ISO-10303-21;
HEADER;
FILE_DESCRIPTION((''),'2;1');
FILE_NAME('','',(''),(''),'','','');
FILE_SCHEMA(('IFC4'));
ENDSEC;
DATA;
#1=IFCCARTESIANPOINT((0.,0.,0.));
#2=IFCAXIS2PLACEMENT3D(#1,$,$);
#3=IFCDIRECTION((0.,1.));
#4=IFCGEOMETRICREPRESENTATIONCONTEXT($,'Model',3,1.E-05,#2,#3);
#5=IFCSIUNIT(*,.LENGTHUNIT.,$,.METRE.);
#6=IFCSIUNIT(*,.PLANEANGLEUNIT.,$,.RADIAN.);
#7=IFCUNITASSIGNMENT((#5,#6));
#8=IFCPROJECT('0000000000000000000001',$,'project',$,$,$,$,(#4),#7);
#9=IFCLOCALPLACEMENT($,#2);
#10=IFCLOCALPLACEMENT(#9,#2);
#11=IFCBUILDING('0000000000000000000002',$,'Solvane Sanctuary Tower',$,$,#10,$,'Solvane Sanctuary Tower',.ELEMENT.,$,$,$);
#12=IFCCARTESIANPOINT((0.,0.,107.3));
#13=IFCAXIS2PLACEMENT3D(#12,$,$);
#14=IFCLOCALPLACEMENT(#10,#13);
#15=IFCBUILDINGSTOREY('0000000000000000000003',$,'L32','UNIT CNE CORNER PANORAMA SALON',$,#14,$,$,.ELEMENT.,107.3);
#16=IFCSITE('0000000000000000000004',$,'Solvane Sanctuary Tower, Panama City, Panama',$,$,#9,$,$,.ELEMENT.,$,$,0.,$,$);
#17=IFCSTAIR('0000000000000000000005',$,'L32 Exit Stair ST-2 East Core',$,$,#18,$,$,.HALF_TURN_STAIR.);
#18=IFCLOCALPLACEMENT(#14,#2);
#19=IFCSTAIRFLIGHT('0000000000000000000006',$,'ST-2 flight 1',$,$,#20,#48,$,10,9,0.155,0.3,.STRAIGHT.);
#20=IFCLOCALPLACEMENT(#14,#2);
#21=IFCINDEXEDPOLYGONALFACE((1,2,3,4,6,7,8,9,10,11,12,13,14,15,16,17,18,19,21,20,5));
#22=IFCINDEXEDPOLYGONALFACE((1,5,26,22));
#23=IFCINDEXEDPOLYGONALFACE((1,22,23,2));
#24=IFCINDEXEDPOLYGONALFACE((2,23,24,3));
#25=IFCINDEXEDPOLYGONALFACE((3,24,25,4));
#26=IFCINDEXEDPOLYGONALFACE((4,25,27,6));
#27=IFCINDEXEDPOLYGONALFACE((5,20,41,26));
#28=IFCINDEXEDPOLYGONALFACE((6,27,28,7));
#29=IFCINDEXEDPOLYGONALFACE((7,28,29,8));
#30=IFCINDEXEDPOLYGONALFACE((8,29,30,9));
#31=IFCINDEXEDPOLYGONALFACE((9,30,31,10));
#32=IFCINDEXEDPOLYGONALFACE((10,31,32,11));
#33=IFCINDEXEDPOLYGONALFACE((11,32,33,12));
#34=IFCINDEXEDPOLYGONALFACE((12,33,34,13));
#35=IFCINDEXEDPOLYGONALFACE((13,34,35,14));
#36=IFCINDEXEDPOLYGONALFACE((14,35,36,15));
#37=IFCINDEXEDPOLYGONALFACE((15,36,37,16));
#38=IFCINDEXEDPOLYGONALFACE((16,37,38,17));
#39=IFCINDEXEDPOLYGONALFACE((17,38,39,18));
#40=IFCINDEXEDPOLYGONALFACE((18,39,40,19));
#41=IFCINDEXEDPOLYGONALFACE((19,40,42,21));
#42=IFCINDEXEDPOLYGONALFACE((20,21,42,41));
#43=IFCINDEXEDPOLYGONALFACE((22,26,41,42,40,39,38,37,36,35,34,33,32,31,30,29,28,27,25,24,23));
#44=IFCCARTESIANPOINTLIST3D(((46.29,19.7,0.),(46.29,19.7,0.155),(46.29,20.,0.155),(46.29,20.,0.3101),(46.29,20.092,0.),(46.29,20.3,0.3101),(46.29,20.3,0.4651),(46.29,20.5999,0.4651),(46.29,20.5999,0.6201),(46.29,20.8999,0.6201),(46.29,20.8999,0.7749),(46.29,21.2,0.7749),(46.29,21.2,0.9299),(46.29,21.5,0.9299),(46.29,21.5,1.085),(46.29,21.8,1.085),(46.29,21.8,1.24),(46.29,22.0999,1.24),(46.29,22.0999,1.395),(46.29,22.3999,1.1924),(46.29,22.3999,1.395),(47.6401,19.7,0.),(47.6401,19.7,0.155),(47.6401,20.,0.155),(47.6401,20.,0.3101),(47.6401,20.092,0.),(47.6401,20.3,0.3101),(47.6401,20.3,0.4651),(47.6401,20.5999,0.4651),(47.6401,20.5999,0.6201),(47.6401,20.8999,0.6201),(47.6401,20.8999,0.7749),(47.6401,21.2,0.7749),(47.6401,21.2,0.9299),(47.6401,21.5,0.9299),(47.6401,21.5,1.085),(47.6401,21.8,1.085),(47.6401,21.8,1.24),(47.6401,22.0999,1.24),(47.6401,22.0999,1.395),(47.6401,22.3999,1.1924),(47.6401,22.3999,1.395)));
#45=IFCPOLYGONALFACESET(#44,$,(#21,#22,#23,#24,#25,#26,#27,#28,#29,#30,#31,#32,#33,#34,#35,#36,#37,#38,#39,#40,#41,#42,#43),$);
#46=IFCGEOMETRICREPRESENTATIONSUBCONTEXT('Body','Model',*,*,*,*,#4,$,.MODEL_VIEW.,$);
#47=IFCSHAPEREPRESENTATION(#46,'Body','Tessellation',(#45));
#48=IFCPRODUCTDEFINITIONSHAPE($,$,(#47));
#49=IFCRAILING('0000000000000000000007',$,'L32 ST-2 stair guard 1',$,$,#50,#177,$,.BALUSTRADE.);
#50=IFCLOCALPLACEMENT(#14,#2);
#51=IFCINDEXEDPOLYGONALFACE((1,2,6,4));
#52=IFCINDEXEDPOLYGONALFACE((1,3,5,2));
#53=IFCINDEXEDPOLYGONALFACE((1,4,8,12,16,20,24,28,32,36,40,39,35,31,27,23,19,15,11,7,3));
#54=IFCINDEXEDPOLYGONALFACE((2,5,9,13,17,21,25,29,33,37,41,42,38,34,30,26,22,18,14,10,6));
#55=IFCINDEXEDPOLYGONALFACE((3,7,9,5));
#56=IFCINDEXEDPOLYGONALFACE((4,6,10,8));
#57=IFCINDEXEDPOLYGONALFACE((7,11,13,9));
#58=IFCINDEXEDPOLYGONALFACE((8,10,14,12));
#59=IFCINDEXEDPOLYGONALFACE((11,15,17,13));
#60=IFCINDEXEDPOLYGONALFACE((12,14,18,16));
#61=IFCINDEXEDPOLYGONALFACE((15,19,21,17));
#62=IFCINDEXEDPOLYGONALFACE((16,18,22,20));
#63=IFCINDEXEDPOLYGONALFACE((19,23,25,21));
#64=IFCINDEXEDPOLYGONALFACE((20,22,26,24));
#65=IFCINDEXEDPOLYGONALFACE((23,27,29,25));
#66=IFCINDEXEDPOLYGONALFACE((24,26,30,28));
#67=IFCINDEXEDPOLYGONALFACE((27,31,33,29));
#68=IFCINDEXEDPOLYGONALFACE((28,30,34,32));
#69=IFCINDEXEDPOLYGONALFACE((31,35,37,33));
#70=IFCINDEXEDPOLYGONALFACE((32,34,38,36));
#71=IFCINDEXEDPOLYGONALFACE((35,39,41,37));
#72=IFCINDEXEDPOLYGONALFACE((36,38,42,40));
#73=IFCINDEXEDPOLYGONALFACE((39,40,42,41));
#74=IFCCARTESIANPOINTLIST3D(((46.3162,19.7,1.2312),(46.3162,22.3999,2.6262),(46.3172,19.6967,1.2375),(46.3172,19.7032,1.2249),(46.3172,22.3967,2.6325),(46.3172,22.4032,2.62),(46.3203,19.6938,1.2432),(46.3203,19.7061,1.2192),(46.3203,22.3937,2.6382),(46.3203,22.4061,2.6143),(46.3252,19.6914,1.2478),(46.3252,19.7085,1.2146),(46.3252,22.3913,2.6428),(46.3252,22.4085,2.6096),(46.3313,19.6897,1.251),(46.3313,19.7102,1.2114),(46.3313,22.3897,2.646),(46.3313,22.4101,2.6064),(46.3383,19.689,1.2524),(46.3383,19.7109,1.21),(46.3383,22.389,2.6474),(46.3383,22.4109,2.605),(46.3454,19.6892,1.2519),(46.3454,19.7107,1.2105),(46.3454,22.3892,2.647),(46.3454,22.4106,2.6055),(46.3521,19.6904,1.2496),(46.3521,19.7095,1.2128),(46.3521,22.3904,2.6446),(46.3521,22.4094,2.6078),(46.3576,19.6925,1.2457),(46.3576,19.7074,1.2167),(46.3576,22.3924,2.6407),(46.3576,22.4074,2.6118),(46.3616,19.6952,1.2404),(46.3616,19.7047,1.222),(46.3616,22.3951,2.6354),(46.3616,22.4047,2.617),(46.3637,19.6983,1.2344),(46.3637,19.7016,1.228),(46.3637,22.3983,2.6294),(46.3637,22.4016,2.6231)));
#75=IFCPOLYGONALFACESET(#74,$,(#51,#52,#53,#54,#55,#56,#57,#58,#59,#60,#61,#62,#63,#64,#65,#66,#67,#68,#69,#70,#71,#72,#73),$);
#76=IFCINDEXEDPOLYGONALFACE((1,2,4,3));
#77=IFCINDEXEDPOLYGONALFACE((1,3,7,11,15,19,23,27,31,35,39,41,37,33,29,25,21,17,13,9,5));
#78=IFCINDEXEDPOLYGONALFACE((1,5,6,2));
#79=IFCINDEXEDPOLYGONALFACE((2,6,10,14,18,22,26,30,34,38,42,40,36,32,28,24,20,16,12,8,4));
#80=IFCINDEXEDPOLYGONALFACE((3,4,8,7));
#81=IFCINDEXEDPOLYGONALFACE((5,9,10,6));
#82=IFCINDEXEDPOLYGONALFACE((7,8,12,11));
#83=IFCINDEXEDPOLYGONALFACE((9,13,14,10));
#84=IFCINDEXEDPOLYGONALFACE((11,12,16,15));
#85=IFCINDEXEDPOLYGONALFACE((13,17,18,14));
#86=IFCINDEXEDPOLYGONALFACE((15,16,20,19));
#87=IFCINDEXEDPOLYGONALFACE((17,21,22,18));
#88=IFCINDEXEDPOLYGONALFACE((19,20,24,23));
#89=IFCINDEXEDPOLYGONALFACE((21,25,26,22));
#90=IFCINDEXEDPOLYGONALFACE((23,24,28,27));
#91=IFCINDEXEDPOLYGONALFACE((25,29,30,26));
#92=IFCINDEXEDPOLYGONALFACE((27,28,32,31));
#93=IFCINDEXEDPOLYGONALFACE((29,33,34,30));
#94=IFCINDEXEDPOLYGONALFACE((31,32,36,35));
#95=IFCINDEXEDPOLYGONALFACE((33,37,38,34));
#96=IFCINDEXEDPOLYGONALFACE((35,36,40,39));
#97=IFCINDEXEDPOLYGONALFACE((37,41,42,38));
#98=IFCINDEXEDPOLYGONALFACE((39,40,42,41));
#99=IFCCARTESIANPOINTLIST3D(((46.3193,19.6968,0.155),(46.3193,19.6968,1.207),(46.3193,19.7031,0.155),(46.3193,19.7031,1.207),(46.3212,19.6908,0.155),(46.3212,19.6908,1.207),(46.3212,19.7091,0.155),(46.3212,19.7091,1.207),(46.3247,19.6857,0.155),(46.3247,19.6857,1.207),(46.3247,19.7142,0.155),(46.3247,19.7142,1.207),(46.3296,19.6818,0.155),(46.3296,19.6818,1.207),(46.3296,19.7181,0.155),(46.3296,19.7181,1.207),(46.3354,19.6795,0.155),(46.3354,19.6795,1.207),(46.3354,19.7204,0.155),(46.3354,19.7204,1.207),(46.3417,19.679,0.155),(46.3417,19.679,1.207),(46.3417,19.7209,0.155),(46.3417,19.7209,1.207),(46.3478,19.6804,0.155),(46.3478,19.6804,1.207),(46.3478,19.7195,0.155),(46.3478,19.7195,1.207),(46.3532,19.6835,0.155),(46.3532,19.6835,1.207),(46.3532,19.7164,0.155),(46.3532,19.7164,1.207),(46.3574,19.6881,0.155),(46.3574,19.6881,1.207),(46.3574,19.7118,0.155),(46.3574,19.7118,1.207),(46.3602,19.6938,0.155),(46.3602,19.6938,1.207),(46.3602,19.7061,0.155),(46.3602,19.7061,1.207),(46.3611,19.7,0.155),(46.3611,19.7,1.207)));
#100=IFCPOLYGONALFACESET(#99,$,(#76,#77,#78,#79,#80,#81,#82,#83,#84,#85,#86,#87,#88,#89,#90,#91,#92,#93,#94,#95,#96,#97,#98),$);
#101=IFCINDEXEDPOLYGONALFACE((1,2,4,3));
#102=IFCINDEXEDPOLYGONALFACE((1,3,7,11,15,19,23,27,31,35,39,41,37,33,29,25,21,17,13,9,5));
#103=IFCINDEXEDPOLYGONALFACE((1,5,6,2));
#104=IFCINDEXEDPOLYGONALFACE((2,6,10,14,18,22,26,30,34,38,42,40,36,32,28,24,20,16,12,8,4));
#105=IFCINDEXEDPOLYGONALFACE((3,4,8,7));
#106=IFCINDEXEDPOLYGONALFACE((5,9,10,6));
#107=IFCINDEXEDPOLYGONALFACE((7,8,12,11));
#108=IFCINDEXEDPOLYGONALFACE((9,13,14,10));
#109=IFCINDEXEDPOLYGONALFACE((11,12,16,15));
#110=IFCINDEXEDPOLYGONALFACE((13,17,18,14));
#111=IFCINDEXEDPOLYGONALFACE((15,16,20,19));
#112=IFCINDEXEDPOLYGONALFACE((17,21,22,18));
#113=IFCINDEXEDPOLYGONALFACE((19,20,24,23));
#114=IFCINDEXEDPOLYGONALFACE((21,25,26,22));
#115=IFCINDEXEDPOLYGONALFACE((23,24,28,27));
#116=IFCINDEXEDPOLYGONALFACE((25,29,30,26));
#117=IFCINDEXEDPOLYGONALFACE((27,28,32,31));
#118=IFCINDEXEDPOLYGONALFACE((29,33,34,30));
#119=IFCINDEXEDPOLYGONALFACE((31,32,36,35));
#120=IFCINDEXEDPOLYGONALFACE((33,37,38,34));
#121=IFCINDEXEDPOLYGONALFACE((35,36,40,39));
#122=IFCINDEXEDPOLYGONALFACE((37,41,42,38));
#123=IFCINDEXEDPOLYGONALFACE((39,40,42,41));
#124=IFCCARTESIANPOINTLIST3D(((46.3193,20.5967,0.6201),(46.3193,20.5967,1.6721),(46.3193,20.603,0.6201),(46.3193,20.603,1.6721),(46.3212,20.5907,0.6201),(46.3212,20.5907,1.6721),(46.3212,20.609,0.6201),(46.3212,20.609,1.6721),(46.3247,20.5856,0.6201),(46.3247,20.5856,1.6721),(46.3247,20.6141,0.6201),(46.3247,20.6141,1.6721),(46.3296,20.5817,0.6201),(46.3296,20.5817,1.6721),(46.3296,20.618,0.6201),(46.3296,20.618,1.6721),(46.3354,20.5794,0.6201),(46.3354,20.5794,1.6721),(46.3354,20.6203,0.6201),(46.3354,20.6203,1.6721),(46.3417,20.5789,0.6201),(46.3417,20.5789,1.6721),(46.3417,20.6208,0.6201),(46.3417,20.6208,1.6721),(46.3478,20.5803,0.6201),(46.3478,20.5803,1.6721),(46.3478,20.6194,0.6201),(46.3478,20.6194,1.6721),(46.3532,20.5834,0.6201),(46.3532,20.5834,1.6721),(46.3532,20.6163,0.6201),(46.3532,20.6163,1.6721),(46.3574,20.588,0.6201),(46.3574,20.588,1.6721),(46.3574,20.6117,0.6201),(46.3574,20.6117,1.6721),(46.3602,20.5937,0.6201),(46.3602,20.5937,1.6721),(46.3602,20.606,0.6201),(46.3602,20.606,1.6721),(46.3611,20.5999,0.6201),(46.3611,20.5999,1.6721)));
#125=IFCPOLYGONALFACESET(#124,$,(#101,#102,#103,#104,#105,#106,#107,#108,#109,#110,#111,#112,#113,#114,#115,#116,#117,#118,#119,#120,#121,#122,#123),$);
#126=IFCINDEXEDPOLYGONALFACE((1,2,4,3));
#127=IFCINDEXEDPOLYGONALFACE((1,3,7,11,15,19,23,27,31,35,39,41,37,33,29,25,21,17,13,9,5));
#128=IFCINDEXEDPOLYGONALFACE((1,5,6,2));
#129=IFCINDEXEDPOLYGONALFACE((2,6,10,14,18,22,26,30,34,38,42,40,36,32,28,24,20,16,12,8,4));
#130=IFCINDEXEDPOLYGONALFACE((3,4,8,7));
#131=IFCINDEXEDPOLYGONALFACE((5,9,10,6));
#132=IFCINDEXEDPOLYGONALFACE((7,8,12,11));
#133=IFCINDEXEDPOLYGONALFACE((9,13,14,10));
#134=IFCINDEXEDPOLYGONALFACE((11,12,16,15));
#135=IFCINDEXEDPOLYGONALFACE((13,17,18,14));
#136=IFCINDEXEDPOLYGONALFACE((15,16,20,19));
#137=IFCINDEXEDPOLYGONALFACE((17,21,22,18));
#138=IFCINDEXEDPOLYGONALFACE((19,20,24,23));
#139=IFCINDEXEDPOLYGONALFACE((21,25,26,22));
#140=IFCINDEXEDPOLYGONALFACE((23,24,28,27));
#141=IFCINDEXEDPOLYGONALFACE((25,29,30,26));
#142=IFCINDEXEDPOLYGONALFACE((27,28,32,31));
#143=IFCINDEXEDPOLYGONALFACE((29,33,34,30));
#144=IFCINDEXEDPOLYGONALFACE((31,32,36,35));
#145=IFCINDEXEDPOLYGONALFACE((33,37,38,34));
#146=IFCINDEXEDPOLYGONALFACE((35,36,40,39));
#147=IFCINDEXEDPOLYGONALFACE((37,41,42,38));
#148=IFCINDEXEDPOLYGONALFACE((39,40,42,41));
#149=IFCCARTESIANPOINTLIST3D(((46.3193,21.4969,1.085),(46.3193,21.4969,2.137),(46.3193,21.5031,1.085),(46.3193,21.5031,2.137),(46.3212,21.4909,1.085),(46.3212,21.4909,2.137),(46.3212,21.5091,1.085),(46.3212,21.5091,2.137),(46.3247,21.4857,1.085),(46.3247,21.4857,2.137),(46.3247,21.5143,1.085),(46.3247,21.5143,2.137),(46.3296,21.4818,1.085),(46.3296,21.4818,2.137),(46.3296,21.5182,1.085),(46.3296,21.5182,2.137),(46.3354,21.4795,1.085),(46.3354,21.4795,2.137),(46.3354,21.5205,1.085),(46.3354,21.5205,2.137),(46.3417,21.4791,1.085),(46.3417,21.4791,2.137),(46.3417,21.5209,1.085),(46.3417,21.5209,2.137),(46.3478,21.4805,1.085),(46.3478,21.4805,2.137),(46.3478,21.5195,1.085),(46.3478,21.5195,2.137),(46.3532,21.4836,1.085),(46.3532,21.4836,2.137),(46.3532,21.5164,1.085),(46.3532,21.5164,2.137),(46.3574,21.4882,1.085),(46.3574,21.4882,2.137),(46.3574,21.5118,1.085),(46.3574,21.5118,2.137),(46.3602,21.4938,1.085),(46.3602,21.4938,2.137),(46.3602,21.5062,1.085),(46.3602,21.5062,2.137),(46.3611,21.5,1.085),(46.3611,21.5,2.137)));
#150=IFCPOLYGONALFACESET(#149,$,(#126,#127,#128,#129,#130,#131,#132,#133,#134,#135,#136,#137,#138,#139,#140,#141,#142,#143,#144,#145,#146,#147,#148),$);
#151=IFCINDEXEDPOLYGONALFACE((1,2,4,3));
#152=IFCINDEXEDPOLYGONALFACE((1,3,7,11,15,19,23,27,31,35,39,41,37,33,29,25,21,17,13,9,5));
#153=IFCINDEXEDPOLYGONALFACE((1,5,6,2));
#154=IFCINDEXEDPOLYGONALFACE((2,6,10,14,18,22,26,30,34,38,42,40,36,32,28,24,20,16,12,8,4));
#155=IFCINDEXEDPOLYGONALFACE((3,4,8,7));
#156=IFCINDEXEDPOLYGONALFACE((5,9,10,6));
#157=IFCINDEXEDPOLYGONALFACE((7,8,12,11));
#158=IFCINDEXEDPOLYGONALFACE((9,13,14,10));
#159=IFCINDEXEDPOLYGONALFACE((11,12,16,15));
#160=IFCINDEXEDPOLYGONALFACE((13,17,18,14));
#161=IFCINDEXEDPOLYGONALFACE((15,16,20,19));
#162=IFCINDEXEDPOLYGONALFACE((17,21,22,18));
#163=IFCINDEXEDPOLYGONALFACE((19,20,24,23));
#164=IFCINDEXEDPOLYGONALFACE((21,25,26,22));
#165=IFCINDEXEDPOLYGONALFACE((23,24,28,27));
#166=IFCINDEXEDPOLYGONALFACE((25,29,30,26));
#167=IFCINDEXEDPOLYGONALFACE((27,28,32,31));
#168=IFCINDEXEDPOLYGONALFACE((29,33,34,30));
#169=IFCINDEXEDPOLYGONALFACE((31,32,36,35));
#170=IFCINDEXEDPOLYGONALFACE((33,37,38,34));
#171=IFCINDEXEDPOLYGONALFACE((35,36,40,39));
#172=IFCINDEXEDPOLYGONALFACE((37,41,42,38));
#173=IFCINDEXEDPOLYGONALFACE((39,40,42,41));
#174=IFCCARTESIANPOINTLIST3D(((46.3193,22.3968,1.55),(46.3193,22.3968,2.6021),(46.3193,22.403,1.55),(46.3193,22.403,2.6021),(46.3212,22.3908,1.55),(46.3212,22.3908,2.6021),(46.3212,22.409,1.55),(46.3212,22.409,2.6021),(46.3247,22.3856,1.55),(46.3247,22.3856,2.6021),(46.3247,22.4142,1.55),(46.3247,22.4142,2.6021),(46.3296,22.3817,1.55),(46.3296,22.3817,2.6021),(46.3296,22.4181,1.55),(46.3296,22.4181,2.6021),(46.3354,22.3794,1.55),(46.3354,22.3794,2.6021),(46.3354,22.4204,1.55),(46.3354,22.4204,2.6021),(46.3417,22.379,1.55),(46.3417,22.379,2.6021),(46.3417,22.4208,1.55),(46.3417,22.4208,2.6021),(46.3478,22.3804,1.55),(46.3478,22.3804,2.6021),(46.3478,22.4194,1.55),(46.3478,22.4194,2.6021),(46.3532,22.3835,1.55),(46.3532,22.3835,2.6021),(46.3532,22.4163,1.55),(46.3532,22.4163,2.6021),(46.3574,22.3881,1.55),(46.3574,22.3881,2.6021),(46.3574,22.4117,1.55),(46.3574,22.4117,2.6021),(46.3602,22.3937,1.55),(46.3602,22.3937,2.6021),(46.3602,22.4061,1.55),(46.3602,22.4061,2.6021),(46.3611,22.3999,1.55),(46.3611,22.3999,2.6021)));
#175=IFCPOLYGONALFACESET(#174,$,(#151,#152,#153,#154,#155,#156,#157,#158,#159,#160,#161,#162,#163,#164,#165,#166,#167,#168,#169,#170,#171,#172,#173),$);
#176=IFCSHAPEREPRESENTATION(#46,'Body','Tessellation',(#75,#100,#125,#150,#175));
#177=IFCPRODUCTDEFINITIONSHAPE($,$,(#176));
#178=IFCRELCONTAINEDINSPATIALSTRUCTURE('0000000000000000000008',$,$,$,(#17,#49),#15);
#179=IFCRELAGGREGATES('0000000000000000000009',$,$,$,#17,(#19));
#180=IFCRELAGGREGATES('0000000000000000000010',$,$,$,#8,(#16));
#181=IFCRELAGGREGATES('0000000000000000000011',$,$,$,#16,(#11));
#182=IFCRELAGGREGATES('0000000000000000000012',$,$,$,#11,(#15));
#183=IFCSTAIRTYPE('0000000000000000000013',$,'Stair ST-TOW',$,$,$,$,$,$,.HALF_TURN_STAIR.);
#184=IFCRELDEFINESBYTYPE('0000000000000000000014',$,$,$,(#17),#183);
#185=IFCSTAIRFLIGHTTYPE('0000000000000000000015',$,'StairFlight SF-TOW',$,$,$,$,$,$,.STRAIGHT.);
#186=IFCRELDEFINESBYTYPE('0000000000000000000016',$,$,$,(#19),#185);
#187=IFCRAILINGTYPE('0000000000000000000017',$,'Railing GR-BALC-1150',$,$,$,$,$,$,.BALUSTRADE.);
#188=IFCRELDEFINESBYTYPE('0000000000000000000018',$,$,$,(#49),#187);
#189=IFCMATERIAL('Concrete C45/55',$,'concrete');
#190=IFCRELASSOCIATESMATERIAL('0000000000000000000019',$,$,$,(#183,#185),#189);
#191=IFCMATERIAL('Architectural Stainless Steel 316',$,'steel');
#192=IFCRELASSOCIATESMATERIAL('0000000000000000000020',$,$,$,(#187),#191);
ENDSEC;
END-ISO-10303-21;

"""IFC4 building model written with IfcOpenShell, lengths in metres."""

from ifc_helpers import new_model, si_unit, direction, frame, origin, origin_2d, place, context, subcontext, project, spatial, polyline, circle, outline, extrude, material, type_object, element, aggregate, save


model = new_model("IFC4")

# Units and contexts
model_context = context("Model", 3, precision=1e-05, world=origin(), true_north=direction((0.0, 1.0)))
body_context = subcontext(model_context, "Body", "Model", "MODEL_VIEW")
ifc_project = project(units=[si_unit("LENGTHUNIT", "METRE"), si_unit("PLANEANGLEUNIT", "RADIAN")], contexts=[model_context])

# Site, building, storey
site_placement = place(None, origin())
site = spatial("IfcSite", under=ifc_project, at=site_placement, Name="Solvane Sanctuary Tower, Panama City, Panama", CompositionType="ELEMENT", RefElevation=0.0)
building_placement = place(site_placement, origin())
building = spatial("IfcBuilding", under=site, at=building_placement, Name="Solvane Sanctuary Tower", LongName="Solvane Sanctuary Tower", CompositionType="ELEMENT")
storey_placement = place(building_placement, frame((0.0, 0.0, 107.3)))
storey = spatial("IfcBuildingStorey", under=building, at=storey_placement, Name="L32", Description="UNIT CNE CORNER PANORAMA SALON", CompositionType="ELEMENT", Elevation=107.3)

# Shared definitions
ifc_material_1 = material(Name="Architectural Stainless Steel 316", Category="steel")

# Stair, stair flight
ifc_material_2 = material(Name="Concrete C45/55", Category="concrete")
stair_type = type_object("IfcStairType", Name="Stair ST-TOW", PredefinedType="HALF_TURN_STAIR", material=ifc_material_2)
stair_placement = place(storey_placement, origin())
stair = element("IfcStair", 1, at=stair_placement, inside=storey, type_object=stair_type, Name="L32 Exit Stair ST-2 East Core", PredefinedType="HALF_TURN_STAIR")
stair_flight_type = type_object("IfcStairFlightType", Name="StairFlight SF-TOW", PredefinedType="STRAIGHT", material=ifc_material_2)
stair_flight_placement = place(storey_placement, frame((46.9651, 19.7, 0.0), z_axis=(0.0, 0.0, 1.0), x_axis=(0.0, 1.0, 0.0)))
stair_flight = element("IfcStairFlight", 2, at=stair_flight_placement, type_object=stair_flight_type, Name="ST-2 flight 1", NumberOfRisers=10, NumberOfTreads=9, PredefinedType="STRAIGHT", RiserHeight=0.155, TreadLength=0.3, context=body_context, shape_type="SweptSolid", body=[
    extrude(outline(polyline([(0.0, 0.0), (0.0, 0.155), (0.3, 0.155), (0.3, 0.3101), (0.6001, 0.3101), (0.6001, 0.4651), (0.8999, 0.4651), (0.8999, 0.6201), (1.2, 0.6201), (1.2, 0.7749), (1.5, 0.7749), (1.5, 0.9299), (1.8, 0.9299), (1.8, 1.085), (2.1001, 1.085), (2.1001, 1.24), (2.3999, 1.24), (2.3999, 1.395), (2.7, 1.395), (2.7, 1.55), (2.7, 1.1924), (0.3921, 0.0), (0.0, 0.0)])), frame((0.0, 0.675, 0.0), z_axis=(0.0, -1.0, 0.0), x_axis=(1.0, 0.0, 0.0)), (0.0, 0.0, 1.0), 1.3501),
])
aggregate(stair, [stair_flight])

# Railing
railing_type_1 = type_object("IfcRailingType", Name="Railing GR-BALC-1150", PredefinedType="BALUSTRADE", material=ifc_material_1)
railing_1_placement = place(storey_placement, frame((46.3401, 19.7, 0.155)))
element("IfcRailing", 3, at=railing_1_placement, inside=storey, type_object=railing_type_1, Name="L32 ST-2 stair guard 1", PredefinedType="BALUSTRADE", context=body_context, shape_type="SweptSolid", body=[
    extrude(circle(Radius=0.0239, at=origin_2d()), frame((0.0, 0.0, 1.0762), z_axis=(0.0, 0.88842, 0.459032), x_axis=(-1.0, 0.0, 0.0)), (0.0, 0.0, 1.0), 3.0391),
    extrude(circle(Radius=0.021, at=origin_2d()), origin(), (0.0, 0.0, 1.0), 1.052),
    extrude(circle(Radius=0.021, at=origin_2d()), frame((0.0, 0.8999, 0.4651)), (0.0, 0.0, 1.0), 1.052),
    extrude(circle(Radius=0.021, at=origin_2d()), frame((0.0, 1.8, 0.9299)), (0.0, 0.0, 1.0), 1.052),
    extrude(circle(Radius=0.021, at=origin_2d()), frame((0.0, 2.7, 1.395)), (0.0, 0.0, 1.0), 1.052),
])

save(model, "model.ifc")
